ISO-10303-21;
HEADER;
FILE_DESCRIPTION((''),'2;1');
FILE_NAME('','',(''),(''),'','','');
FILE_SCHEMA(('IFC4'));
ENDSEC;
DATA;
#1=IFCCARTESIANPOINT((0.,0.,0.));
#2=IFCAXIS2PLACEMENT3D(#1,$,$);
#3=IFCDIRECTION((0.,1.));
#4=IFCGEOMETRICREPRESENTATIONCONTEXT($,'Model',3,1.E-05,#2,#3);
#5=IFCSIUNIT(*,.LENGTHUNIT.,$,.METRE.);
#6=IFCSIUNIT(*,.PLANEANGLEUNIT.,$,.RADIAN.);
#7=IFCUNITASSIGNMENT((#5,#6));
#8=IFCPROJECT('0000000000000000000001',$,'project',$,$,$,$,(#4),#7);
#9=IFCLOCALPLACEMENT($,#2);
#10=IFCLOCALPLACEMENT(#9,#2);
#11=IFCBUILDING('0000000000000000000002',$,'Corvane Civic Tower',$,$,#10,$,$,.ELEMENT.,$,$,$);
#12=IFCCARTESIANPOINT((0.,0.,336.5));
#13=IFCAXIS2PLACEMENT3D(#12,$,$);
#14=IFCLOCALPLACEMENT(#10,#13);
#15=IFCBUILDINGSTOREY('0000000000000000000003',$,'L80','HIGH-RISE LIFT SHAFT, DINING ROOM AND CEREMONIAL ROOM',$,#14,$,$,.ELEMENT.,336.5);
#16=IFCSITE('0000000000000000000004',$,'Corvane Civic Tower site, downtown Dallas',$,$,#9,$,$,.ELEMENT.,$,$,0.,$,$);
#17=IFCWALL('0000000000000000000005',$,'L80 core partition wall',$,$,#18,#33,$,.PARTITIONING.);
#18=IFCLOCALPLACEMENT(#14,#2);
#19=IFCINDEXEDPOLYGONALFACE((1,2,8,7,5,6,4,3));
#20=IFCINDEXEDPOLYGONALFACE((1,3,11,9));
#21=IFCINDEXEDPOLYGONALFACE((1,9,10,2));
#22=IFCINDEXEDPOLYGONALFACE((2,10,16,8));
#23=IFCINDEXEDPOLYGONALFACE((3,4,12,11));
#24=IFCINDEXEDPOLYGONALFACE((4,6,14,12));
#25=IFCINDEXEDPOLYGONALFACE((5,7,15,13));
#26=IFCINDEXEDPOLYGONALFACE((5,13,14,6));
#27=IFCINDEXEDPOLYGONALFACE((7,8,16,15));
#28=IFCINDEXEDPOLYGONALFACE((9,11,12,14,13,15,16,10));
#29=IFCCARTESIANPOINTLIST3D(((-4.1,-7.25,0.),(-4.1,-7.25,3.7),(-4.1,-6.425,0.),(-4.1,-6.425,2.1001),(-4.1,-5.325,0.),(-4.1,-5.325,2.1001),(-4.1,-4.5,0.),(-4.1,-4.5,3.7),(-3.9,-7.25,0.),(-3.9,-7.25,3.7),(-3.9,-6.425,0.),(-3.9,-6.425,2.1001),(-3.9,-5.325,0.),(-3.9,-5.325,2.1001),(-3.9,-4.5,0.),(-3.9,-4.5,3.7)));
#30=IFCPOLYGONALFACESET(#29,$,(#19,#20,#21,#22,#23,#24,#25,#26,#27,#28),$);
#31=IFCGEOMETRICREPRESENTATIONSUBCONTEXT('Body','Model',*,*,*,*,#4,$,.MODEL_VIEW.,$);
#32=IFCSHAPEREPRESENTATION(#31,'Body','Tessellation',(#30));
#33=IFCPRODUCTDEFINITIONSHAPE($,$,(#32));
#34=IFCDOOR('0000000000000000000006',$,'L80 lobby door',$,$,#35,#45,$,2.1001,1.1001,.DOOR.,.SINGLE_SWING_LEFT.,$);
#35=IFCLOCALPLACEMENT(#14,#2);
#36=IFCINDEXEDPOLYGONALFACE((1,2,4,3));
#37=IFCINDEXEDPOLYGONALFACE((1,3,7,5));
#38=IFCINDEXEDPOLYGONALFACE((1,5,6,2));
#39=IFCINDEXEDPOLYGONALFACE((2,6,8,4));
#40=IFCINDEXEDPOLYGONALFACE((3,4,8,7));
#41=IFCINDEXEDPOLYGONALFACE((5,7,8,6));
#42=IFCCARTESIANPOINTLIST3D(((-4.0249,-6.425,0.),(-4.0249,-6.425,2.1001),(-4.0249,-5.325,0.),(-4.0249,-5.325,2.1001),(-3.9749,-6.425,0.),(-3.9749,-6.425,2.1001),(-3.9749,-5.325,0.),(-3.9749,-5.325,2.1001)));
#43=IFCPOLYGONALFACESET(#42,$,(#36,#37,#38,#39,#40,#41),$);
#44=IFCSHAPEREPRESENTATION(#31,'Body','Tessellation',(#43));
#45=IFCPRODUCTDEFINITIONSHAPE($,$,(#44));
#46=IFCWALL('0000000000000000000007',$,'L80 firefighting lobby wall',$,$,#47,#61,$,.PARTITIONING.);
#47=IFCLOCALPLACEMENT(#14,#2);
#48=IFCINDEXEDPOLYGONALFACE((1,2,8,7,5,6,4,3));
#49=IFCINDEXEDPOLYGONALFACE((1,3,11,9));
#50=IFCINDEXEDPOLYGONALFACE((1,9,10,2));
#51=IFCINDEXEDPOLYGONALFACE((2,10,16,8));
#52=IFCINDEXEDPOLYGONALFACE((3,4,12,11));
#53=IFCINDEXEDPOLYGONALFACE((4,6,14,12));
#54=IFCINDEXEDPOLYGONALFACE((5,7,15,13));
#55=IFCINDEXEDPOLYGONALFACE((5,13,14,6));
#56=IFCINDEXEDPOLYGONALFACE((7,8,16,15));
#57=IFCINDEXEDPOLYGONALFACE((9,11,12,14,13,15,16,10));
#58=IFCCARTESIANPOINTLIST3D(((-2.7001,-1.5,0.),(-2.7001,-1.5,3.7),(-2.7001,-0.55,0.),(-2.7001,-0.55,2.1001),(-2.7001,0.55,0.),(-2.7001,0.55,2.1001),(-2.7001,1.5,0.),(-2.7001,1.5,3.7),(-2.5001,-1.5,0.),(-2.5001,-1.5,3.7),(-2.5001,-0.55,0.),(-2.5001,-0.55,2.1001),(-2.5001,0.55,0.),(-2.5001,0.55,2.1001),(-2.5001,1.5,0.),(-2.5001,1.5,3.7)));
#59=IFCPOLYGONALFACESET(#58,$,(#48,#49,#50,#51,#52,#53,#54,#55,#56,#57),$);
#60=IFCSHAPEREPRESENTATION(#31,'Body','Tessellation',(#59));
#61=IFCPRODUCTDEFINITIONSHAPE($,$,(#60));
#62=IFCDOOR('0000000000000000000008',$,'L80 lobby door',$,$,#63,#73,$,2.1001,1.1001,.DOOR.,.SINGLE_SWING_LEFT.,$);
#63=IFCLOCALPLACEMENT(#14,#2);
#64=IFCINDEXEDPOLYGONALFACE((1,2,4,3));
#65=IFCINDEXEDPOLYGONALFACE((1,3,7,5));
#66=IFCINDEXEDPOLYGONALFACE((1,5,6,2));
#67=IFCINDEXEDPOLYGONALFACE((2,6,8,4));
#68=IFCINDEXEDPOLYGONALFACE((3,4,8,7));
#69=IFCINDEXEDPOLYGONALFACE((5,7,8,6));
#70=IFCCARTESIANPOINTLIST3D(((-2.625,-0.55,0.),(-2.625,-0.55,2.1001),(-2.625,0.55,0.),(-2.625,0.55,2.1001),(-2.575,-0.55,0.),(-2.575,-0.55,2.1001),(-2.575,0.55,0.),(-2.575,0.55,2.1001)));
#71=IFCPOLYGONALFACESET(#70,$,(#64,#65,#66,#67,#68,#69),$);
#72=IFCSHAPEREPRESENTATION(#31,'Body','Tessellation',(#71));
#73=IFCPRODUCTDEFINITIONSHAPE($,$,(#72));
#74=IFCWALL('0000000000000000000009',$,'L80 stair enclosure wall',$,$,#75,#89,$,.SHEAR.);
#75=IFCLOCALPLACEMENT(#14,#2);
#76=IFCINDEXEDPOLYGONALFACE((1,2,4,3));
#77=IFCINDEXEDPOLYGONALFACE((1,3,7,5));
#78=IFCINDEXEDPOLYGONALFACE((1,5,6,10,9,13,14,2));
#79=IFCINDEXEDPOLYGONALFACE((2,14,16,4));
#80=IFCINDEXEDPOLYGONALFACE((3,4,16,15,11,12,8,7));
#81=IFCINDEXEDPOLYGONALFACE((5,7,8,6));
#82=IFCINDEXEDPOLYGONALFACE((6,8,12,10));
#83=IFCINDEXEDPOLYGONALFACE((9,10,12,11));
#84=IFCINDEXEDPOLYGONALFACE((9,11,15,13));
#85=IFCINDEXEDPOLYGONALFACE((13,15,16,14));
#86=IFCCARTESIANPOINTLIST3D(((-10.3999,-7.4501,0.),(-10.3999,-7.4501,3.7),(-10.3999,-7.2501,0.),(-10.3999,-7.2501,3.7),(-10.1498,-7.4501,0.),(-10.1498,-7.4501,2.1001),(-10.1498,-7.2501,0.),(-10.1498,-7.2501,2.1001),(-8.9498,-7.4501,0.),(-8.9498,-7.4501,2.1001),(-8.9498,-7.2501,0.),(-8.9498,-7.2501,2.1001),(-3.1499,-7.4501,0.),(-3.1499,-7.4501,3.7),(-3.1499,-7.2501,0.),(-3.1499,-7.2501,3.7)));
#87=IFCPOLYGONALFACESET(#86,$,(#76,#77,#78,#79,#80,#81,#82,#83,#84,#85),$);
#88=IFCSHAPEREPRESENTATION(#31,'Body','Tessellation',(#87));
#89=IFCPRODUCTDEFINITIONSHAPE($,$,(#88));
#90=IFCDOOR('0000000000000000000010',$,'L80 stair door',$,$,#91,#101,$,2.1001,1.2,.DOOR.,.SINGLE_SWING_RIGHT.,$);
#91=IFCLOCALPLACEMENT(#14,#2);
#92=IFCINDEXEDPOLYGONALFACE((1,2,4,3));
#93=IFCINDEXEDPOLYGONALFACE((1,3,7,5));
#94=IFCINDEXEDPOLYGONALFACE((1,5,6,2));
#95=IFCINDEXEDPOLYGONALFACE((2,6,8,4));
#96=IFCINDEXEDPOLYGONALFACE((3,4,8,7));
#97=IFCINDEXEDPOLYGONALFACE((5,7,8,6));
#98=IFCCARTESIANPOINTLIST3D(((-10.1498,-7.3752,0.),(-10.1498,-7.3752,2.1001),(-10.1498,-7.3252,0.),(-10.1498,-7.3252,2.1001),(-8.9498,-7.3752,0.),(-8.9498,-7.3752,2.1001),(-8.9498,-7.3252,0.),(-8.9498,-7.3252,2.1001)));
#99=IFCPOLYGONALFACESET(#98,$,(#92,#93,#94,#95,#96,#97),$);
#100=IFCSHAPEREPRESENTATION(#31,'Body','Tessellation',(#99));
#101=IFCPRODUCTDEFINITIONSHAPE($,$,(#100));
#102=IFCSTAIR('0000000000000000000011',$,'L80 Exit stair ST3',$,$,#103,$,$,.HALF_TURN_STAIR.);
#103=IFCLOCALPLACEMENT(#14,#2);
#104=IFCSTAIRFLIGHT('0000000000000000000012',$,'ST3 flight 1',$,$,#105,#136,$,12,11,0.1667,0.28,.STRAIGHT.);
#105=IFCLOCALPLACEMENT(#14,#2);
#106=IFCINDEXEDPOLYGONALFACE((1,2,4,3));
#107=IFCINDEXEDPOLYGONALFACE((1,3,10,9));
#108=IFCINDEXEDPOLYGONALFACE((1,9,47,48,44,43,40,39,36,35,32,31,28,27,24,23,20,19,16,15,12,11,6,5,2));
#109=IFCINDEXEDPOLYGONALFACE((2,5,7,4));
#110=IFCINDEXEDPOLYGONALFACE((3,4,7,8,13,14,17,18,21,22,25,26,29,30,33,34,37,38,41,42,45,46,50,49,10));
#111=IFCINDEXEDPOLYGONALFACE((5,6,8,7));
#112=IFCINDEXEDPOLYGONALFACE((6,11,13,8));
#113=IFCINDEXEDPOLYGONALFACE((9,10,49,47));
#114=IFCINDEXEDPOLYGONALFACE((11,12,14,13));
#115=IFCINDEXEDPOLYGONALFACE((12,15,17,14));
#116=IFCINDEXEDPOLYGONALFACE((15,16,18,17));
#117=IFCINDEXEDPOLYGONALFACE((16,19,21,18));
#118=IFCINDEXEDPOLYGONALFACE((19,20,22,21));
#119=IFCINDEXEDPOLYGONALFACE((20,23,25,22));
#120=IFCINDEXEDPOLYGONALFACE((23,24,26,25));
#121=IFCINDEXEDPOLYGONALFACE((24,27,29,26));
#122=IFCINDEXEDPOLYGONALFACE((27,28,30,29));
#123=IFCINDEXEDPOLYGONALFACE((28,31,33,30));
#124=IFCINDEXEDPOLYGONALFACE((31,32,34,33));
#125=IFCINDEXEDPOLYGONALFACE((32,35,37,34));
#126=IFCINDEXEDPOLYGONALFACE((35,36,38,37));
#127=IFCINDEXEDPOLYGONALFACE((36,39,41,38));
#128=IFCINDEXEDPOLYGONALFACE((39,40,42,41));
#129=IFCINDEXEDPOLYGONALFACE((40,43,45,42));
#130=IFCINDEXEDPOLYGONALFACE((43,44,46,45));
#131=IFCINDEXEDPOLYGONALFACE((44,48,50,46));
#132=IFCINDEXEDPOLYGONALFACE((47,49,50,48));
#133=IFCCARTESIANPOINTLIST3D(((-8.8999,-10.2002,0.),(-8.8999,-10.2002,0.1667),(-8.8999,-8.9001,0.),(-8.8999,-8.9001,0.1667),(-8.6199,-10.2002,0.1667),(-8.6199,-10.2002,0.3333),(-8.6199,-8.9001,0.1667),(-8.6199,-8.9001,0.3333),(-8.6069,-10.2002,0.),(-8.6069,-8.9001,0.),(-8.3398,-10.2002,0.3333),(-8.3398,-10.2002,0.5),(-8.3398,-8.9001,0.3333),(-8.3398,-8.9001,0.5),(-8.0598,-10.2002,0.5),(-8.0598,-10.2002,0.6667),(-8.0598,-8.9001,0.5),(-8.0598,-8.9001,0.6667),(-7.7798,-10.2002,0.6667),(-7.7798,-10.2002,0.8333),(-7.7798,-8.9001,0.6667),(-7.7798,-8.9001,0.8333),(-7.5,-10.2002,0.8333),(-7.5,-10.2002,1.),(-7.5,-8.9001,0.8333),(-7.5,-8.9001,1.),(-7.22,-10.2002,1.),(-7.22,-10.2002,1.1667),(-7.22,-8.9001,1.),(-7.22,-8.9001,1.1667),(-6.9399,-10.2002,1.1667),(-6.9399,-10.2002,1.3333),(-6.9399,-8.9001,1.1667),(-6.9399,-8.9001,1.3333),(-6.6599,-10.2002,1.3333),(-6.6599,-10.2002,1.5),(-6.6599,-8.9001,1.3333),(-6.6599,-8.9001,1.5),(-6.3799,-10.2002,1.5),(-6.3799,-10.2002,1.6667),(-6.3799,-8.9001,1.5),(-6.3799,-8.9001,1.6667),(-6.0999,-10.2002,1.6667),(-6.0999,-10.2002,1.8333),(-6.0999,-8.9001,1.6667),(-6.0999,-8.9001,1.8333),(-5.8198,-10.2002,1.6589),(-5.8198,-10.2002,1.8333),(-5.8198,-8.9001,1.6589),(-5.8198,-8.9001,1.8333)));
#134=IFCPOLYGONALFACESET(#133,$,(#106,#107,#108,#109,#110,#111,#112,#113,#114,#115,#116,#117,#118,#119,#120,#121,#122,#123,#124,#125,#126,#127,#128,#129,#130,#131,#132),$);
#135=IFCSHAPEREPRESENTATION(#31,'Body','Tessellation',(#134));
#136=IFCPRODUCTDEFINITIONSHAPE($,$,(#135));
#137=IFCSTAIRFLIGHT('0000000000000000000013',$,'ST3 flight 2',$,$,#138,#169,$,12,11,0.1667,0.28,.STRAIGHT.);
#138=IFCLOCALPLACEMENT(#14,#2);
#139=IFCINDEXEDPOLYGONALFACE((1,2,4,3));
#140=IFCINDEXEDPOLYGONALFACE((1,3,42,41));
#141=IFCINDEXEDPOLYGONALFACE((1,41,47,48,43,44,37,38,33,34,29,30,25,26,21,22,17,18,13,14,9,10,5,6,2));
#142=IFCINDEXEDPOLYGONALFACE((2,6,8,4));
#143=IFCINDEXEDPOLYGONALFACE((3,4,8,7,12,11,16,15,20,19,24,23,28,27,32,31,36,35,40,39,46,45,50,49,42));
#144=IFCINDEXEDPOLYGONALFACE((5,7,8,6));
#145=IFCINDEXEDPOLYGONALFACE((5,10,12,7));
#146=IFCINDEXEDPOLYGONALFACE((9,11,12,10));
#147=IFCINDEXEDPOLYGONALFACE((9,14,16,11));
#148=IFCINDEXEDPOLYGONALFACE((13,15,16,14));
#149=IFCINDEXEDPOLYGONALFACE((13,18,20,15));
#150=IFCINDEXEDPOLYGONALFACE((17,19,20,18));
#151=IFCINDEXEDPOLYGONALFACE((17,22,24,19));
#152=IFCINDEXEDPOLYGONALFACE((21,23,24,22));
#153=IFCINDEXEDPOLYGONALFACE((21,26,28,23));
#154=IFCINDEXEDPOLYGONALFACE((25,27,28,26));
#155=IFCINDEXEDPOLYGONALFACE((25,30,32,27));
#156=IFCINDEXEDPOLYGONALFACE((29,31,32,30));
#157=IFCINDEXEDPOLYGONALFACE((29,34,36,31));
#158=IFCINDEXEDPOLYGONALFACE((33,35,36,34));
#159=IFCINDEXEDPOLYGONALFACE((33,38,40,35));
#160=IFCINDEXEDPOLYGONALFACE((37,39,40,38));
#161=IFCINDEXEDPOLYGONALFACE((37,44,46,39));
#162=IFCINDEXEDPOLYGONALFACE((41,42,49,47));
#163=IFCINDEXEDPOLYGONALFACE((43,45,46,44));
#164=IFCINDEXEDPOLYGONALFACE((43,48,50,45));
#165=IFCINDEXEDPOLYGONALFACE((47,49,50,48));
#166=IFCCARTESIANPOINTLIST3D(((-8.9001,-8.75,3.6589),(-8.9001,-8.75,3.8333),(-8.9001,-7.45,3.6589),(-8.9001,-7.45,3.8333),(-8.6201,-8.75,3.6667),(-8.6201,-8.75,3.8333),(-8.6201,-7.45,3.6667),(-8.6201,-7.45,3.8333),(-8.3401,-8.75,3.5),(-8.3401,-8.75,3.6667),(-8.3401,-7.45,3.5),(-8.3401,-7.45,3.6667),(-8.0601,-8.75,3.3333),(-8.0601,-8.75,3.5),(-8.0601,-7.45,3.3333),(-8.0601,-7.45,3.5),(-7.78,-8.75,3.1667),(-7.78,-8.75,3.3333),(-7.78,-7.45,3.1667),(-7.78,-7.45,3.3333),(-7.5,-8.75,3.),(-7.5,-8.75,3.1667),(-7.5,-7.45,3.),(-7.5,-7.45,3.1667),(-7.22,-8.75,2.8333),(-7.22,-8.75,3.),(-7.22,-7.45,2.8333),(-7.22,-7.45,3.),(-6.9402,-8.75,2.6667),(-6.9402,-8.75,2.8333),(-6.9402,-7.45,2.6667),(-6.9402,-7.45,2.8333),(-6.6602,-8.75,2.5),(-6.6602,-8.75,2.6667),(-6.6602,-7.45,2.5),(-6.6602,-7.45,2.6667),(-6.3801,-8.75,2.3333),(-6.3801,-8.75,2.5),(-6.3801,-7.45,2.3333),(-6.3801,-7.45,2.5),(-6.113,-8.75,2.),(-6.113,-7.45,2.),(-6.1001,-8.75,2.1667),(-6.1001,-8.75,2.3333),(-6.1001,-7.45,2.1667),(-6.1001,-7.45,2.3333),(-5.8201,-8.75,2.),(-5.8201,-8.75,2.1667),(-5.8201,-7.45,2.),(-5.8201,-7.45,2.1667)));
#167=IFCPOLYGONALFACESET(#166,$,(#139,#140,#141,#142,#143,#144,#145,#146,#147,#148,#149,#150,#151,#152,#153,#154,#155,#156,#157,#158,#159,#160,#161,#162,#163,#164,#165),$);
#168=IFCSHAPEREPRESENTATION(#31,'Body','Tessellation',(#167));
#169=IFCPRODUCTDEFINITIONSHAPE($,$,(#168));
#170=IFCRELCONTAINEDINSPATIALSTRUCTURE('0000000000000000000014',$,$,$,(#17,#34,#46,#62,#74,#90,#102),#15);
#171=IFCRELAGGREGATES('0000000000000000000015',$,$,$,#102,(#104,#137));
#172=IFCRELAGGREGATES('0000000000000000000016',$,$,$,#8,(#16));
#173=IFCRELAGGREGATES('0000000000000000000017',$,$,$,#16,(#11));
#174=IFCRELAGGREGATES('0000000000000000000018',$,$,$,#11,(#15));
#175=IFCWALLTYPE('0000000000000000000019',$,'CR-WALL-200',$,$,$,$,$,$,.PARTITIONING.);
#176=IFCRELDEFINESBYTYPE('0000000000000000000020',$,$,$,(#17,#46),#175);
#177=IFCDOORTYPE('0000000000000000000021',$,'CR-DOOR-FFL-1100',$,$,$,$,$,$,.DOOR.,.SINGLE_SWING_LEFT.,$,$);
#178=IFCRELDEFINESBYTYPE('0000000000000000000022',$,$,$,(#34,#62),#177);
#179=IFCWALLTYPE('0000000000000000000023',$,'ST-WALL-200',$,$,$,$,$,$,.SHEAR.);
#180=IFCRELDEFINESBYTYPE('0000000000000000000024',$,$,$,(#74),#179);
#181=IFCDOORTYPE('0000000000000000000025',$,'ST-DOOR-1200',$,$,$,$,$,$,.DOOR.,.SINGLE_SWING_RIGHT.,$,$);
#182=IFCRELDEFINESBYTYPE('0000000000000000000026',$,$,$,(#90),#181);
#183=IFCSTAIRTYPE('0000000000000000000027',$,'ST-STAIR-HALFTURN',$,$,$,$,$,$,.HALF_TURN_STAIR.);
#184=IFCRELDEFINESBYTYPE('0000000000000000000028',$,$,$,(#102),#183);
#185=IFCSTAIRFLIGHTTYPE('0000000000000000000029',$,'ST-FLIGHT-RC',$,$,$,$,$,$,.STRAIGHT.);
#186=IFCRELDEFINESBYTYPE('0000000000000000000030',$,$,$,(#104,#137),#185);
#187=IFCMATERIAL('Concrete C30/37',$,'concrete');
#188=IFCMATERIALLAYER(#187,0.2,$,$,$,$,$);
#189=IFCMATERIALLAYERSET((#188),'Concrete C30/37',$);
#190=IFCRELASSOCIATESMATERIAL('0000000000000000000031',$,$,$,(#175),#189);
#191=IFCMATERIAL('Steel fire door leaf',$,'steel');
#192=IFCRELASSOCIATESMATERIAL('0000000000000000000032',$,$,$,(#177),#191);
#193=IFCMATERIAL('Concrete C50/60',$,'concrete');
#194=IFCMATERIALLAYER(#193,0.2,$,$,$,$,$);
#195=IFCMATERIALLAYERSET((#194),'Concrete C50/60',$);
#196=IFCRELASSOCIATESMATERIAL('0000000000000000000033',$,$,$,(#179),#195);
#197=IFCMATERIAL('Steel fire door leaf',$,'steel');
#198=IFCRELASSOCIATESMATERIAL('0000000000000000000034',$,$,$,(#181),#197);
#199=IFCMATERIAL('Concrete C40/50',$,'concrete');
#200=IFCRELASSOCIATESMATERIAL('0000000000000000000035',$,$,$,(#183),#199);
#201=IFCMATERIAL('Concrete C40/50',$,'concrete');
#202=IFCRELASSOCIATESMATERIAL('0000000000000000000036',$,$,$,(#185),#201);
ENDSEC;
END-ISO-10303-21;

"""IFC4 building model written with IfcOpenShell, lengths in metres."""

from ifc_helpers import new_model, si_unit, direction, frame, frame_2d, origin, place, context, subcontext, project, spatial, polyline, rectangle, outline, extrude, material, layer, layer_set, type_object, element, fill, aggregate, save


model = new_model("IFC4")

# Units and contexts
model_context = context("Model", 3, precision=1e-05, world=origin(), true_north=direction((0.0, 1.0)))
body_context = subcontext(model_context, "Body", "Model", "MODEL_VIEW")
ifc_project = project(units=[si_unit("LENGTHUNIT", "METRE"), si_unit("PLANEANGLEUNIT", "RADIAN")], contexts=[model_context])

# Site, building, storey
site_placement = place(None, origin())
site = spatial("IfcSite", under=ifc_project, at=site_placement, Name="Corvane Civic Tower site, downtown Dallas", CompositionType="ELEMENT", RefElevation=0.0)
building_placement = place(site_placement, origin())
building = spatial("IfcBuilding", under=site, at=building_placement, Name="Corvane Civic Tower", CompositionType="ELEMENT")
storey_placement = place(building_placement, frame((0.0, 0.0, 336.5)))
storey = spatial("IfcBuildingStorey", under=building, at=storey_placement, Name="L80", Description="HIGH-RISE LIFT SHAFT, DINING ROOM AND CEREMONIAL ROOM", CompositionType="ELEMENT", Elevation=336.5)

# Shared definitions
ifc_material_1 = material(Name="Concrete C30/37", Category="concrete")
ifc_layer_1 = layer(ifc_material_1, 0.2)
ifc_layer_set_1 = layer_set([ifc_layer_1], Name="Concrete C30/37")
wall_type_1 = type_object("IfcWallType", Name="CR-WALL-200", PredefinedType="PARTITIONING", material=ifc_layer_set_1)

# Walls, openings, doors
wall_1_placement = place(storey_placement, frame((-4.0, -7.25, 0.0), z_axis=(0.0, 0.0, 1.0), x_axis=(0.0, 1.0, 0.0)))
wall_1 = element("IfcWall", 1, at=wall_1_placement, inside=storey, type_object=wall_type_1, Name="L80 core partition wall", PredefinedType="PARTITIONING", context=body_context, shape_type="SweptSolid", body=[
    extrude(rectangle(XDim=2.75, YDim=0.2, at=frame_2d((1.375, 0.0))), origin(), (0.0, 0.0, 1.0), 3.7),
])
opening_1_placement = place(wall_1_placement, frame((0.825, 0.0, 0.0)))
opening_1 = element("IfcOpeningElement", 2, at=opening_1_placement, cuts=wall_1, PredefinedType="OPENING", context=body_context, shape_type="SweptSolid", body=[
    extrude(rectangle(XDim=1.1001, YDim=2.1001, at=frame_2d((0.55, 1.05))), frame((0.0, 0.1099, 0.0), z_axis=(0.0, -1.0, 0.0), x_axis=(1.0, 0.0, 0.0)), (0.0, 0.0, 1.0), 0.22),
])
ifc_material_2 = material(Name="Steel fire door leaf", Category="steel")
door_type_1 = type_object("IfcDoorType", Name="CR-DOOR-FFL-1100", OperationType="SINGLE_SWING_LEFT", PredefinedType="DOOR", material=ifc_material_2)
door_1_placement = place(opening_1_placement, origin())
door_1 = element("IfcDoor", 3, at=door_1_placement, inside=storey, type_object=door_type_1, Name="L80 lobby door", OperationType="SINGLE_SWING_LEFT", OverallHeight=2.1001, OverallWidth=1.1001, PredefinedType="DOOR", context=body_context, shape_type="SweptSolid", body=[
    extrude(rectangle(XDim=1.1001, YDim=2.1001, at=frame_2d((0.55, 1.05))), frame((0.0, 0.0249, 0.0), z_axis=(0.0, -1.0, 0.0), x_axis=(1.0, 0.0, 0.0)), (0.0, 0.0, 1.0), 0.05),
])
fill(opening_1, door_1)
wall_2_placement = place(storey_placement, frame((-2.6001, -1.5, 0.0), z_axis=(0.0, 0.0, 1.0), x_axis=(0.0, 1.0, 0.0)))
wall_2 = element("IfcWall", 4, at=wall_2_placement, inside=storey, type_object=wall_type_1, Name="L80 firefighting lobby wall", PredefinedType="PARTITIONING", context=body_context, shape_type="SweptSolid", body=[
    extrude(rectangle(XDim=3.0, YDim=0.2, at=frame_2d((1.5, 0.0))), origin(), (0.0, 0.0, 1.0), 3.7),
])
opening_2_placement = place(wall_2_placement, frame((0.95, 0.0, 0.0)))
opening_2 = element("IfcOpeningElement", 5, at=opening_2_placement, cuts=wall_2, PredefinedType="OPENING", context=body_context, shape_type="SweptSolid", body=[
    extrude(rectangle(XDim=1.1001, YDim=2.1001, at=frame_2d((0.55, 1.05))), frame((0.0, 0.1099, 0.0), z_axis=(0.0, -1.0, 0.0), x_axis=(1.0, 0.0, 0.0)), (0.0, 0.0, 1.0), 0.22),
])
door_2_placement = place(opening_2_placement, origin())
door_2 = element("IfcDoor", 6, at=door_2_placement, inside=storey, type_object=door_type_1, Name="L80 lobby door", OperationType="SINGLE_SWING_LEFT", OverallHeight=2.1001, OverallWidth=1.1001, PredefinedType="DOOR", context=body_context, shape_type="SweptSolid", body=[
    extrude(rectangle(XDim=1.1001, YDim=2.1001, at=frame_2d((0.55, 1.05))), frame((0.0, 0.0249, 0.0), z_axis=(0.0, -1.0, 0.0), x_axis=(1.0, 0.0, 0.0)), (0.0, 0.0, 1.0), 0.05),
])
fill(opening_2, door_2)
ifc_material_3 = material(Name="Concrete C50/60", Category="concrete")
ifc_layer_2 = layer(ifc_material_3, 0.2)
ifc_layer_set_2 = layer_set([ifc_layer_2], Name="Concrete C50/60")
wall_type_2 = type_object("IfcWallType", Name="ST-WALL-200", PredefinedType="SHEAR", material=ifc_layer_set_2)
wall_3_placement = place(storey_placement, frame((-10.3999, -7.3501, 0.0), z_axis=(0.0, 0.0, 1.0), x_axis=(1.0, 0.0, 0.0)))
wall_3 = element("IfcWall", 7, at=wall_3_placement, inside=storey, type_object=wall_type_2, Name="L80 stair enclosure wall", PredefinedType="SHEAR", context=body_context, shape_type="SweptSolid", body=[
    extrude(rectangle(XDim=7.25, YDim=0.2, at=frame_2d((3.625, 0.0))), origin(), (0.0, 0.0, 1.0), 3.7),
])
opening_3_placement = place(wall_3_placement, frame((0.25, 0.0, 0.0)))
opening_3 = element("IfcOpeningElement", 8, at=opening_3_placement, cuts=wall_3, PredefinedType="OPENING", context=body_context, shape_type="SweptSolid", body=[
    extrude(rectangle(XDim=1.2, YDim=2.1001, at=frame_2d((0.6001, 1.05))), frame((0.0, 0.1099, 0.0), z_axis=(0.0, -1.0, 0.0), x_axis=(1.0, 0.0, 0.0)), (0.0, 0.0, 1.0), 0.22),
])
ifc_material_4 = material(Name="Steel fire door leaf", Category="steel")
door_type_2 = type_object("IfcDoorType", Name="ST-DOOR-1200", OperationType="SINGLE_SWING_RIGHT", PredefinedType="DOOR", material=ifc_material_4)
door_3_placement = place(opening_3_placement, origin())
door_3 = element("IfcDoor", 9, at=door_3_placement, inside=storey, type_object=door_type_2, Name="L80 stair door", OperationType="SINGLE_SWING_RIGHT", OverallHeight=2.1001, OverallWidth=1.2, PredefinedType="DOOR", context=body_context, shape_type="SweptSolid", body=[
    extrude(rectangle(XDim=1.2, YDim=2.1001, at=frame_2d((0.6001, 1.05))), frame((0.0, 0.0249, 0.0), z_axis=(0.0, -1.0, 0.0), x_axis=(1.0, 0.0, 0.0)), (0.0, 0.0, 1.0), 0.05),
])
fill(opening_3, door_3)

# Stair, stair flights
ifc_material_5 = material(Name="Concrete C40/50", Category="concrete")
stair_type = type_object("IfcStairType", Name="ST-STAIR-HALFTURN", PredefinedType="HALF_TURN_STAIR", material=ifc_material_5)
stair_placement = place(storey_placement, origin())
stair = element("IfcStair", 10, at=stair_placement, inside=storey, type_object=stair_type, Name="L80 Exit stair ST3", PredefinedType="HALF_TURN_STAIR")
ifc_material_6 = material(Name="Concrete C40/50", Category="concrete")
stair_flight_type = type_object("IfcStairFlightType", Name="ST-FLIGHT-RC", PredefinedType="STRAIGHT", material=ifc_material_6)
stair_flight_1_placement = place(storey_placement, frame((-8.8999, -9.55, 0.0), z_axis=(0.0, 0.0, 1.0), x_axis=(1.0, 0.0, 0.0)))
stair_flight_1 = element("IfcStairFlight", 11, at=stair_flight_1_placement, type_object=stair_flight_type, Name="ST3 flight 1", NumberOfRisers=12, NumberOfTreads=11, PredefinedType="STRAIGHT", RiserHeight=0.1667, TreadLength=0.28, context=body_context, shape_type="SweptSolid", body=[
    extrude(outline(polyline([(0.0, 0.0), (0.0, 0.1667), (0.28, 0.1667), (0.28, 0.3333), (0.5601, 0.3333), (0.5601, 0.5), (0.8401, 0.5), (0.8401, 0.6667), (1.1201, 0.6667), (1.1201, 0.8333), (1.3999, 0.8333), (1.3999, 1.0), (1.6799, 1.0), (1.6799, 1.1667), (1.96, 1.1667), (1.96, 1.3333), (2.24, 1.3333), (2.24, 1.5), (2.52, 1.5), (2.52, 1.6667), (2.8, 1.6667), (2.8, 1.8333), (3.0801, 1.8333), (3.0801, 2.0), (3.0801, 1.6589), (0.293, 0.0), (0.0, 0.0)])), frame((0.0, 0.6499, 0.0), z_axis=(0.0, -1.0, 0.0), x_axis=(1.0, 0.0, 0.0)), (0.0, 0.0, 1.0), 1.3),
])
stair_flight_2_placement = place(storey_placement, frame((-5.8201, -8.1001, 2.0), z_axis=(0.0, 0.0, 1.0), x_axis=(-1.0, 0.0, 0.0)))
stair_flight_2 = element("IfcStairFlight", 12, at=stair_flight_2_placement, type_object=stair_flight_type, Name="ST3 flight 2", NumberOfRisers=12, NumberOfTreads=11, PredefinedType="STRAIGHT", RiserHeight=0.1667, TreadLength=0.28, context=body_context, shape_type="SweptSolid", body=[
    extrude(outline(polyline([(0.0, 0.0), (0.0, 0.1667), (0.28, 0.1667), (0.28, 0.3333), (0.5601, 0.3333), (0.5601, 0.5), (0.8401, 0.5), (0.8401, 0.6667), (1.1201, 0.6667), (1.1201, 0.8333), (1.3999, 0.8333), (1.3999, 1.0), (1.6799, 1.0), (1.6799, 1.1667), (1.96, 1.1667), (1.96, 1.3333), (2.24, 1.3333), (2.24, 1.5), (2.52, 1.5), (2.52, 1.6667), (2.8, 1.6667), (2.8, 1.8333), (3.0801, 1.8333), (3.0801, 2.0), (3.0801, 1.6589), (0.293, 0.0), (0.0, 0.0)])), frame((0.0, 0.6499, 0.0), z_axis=(0.0, -1.0, 0.0), x_axis=(1.0, 0.0, 0.0)), (0.0, 0.0, 1.0), 1.3),
])
aggregate(stair, [stair_flight_1, stair_flight_2])

save(model, "model.ifc")
